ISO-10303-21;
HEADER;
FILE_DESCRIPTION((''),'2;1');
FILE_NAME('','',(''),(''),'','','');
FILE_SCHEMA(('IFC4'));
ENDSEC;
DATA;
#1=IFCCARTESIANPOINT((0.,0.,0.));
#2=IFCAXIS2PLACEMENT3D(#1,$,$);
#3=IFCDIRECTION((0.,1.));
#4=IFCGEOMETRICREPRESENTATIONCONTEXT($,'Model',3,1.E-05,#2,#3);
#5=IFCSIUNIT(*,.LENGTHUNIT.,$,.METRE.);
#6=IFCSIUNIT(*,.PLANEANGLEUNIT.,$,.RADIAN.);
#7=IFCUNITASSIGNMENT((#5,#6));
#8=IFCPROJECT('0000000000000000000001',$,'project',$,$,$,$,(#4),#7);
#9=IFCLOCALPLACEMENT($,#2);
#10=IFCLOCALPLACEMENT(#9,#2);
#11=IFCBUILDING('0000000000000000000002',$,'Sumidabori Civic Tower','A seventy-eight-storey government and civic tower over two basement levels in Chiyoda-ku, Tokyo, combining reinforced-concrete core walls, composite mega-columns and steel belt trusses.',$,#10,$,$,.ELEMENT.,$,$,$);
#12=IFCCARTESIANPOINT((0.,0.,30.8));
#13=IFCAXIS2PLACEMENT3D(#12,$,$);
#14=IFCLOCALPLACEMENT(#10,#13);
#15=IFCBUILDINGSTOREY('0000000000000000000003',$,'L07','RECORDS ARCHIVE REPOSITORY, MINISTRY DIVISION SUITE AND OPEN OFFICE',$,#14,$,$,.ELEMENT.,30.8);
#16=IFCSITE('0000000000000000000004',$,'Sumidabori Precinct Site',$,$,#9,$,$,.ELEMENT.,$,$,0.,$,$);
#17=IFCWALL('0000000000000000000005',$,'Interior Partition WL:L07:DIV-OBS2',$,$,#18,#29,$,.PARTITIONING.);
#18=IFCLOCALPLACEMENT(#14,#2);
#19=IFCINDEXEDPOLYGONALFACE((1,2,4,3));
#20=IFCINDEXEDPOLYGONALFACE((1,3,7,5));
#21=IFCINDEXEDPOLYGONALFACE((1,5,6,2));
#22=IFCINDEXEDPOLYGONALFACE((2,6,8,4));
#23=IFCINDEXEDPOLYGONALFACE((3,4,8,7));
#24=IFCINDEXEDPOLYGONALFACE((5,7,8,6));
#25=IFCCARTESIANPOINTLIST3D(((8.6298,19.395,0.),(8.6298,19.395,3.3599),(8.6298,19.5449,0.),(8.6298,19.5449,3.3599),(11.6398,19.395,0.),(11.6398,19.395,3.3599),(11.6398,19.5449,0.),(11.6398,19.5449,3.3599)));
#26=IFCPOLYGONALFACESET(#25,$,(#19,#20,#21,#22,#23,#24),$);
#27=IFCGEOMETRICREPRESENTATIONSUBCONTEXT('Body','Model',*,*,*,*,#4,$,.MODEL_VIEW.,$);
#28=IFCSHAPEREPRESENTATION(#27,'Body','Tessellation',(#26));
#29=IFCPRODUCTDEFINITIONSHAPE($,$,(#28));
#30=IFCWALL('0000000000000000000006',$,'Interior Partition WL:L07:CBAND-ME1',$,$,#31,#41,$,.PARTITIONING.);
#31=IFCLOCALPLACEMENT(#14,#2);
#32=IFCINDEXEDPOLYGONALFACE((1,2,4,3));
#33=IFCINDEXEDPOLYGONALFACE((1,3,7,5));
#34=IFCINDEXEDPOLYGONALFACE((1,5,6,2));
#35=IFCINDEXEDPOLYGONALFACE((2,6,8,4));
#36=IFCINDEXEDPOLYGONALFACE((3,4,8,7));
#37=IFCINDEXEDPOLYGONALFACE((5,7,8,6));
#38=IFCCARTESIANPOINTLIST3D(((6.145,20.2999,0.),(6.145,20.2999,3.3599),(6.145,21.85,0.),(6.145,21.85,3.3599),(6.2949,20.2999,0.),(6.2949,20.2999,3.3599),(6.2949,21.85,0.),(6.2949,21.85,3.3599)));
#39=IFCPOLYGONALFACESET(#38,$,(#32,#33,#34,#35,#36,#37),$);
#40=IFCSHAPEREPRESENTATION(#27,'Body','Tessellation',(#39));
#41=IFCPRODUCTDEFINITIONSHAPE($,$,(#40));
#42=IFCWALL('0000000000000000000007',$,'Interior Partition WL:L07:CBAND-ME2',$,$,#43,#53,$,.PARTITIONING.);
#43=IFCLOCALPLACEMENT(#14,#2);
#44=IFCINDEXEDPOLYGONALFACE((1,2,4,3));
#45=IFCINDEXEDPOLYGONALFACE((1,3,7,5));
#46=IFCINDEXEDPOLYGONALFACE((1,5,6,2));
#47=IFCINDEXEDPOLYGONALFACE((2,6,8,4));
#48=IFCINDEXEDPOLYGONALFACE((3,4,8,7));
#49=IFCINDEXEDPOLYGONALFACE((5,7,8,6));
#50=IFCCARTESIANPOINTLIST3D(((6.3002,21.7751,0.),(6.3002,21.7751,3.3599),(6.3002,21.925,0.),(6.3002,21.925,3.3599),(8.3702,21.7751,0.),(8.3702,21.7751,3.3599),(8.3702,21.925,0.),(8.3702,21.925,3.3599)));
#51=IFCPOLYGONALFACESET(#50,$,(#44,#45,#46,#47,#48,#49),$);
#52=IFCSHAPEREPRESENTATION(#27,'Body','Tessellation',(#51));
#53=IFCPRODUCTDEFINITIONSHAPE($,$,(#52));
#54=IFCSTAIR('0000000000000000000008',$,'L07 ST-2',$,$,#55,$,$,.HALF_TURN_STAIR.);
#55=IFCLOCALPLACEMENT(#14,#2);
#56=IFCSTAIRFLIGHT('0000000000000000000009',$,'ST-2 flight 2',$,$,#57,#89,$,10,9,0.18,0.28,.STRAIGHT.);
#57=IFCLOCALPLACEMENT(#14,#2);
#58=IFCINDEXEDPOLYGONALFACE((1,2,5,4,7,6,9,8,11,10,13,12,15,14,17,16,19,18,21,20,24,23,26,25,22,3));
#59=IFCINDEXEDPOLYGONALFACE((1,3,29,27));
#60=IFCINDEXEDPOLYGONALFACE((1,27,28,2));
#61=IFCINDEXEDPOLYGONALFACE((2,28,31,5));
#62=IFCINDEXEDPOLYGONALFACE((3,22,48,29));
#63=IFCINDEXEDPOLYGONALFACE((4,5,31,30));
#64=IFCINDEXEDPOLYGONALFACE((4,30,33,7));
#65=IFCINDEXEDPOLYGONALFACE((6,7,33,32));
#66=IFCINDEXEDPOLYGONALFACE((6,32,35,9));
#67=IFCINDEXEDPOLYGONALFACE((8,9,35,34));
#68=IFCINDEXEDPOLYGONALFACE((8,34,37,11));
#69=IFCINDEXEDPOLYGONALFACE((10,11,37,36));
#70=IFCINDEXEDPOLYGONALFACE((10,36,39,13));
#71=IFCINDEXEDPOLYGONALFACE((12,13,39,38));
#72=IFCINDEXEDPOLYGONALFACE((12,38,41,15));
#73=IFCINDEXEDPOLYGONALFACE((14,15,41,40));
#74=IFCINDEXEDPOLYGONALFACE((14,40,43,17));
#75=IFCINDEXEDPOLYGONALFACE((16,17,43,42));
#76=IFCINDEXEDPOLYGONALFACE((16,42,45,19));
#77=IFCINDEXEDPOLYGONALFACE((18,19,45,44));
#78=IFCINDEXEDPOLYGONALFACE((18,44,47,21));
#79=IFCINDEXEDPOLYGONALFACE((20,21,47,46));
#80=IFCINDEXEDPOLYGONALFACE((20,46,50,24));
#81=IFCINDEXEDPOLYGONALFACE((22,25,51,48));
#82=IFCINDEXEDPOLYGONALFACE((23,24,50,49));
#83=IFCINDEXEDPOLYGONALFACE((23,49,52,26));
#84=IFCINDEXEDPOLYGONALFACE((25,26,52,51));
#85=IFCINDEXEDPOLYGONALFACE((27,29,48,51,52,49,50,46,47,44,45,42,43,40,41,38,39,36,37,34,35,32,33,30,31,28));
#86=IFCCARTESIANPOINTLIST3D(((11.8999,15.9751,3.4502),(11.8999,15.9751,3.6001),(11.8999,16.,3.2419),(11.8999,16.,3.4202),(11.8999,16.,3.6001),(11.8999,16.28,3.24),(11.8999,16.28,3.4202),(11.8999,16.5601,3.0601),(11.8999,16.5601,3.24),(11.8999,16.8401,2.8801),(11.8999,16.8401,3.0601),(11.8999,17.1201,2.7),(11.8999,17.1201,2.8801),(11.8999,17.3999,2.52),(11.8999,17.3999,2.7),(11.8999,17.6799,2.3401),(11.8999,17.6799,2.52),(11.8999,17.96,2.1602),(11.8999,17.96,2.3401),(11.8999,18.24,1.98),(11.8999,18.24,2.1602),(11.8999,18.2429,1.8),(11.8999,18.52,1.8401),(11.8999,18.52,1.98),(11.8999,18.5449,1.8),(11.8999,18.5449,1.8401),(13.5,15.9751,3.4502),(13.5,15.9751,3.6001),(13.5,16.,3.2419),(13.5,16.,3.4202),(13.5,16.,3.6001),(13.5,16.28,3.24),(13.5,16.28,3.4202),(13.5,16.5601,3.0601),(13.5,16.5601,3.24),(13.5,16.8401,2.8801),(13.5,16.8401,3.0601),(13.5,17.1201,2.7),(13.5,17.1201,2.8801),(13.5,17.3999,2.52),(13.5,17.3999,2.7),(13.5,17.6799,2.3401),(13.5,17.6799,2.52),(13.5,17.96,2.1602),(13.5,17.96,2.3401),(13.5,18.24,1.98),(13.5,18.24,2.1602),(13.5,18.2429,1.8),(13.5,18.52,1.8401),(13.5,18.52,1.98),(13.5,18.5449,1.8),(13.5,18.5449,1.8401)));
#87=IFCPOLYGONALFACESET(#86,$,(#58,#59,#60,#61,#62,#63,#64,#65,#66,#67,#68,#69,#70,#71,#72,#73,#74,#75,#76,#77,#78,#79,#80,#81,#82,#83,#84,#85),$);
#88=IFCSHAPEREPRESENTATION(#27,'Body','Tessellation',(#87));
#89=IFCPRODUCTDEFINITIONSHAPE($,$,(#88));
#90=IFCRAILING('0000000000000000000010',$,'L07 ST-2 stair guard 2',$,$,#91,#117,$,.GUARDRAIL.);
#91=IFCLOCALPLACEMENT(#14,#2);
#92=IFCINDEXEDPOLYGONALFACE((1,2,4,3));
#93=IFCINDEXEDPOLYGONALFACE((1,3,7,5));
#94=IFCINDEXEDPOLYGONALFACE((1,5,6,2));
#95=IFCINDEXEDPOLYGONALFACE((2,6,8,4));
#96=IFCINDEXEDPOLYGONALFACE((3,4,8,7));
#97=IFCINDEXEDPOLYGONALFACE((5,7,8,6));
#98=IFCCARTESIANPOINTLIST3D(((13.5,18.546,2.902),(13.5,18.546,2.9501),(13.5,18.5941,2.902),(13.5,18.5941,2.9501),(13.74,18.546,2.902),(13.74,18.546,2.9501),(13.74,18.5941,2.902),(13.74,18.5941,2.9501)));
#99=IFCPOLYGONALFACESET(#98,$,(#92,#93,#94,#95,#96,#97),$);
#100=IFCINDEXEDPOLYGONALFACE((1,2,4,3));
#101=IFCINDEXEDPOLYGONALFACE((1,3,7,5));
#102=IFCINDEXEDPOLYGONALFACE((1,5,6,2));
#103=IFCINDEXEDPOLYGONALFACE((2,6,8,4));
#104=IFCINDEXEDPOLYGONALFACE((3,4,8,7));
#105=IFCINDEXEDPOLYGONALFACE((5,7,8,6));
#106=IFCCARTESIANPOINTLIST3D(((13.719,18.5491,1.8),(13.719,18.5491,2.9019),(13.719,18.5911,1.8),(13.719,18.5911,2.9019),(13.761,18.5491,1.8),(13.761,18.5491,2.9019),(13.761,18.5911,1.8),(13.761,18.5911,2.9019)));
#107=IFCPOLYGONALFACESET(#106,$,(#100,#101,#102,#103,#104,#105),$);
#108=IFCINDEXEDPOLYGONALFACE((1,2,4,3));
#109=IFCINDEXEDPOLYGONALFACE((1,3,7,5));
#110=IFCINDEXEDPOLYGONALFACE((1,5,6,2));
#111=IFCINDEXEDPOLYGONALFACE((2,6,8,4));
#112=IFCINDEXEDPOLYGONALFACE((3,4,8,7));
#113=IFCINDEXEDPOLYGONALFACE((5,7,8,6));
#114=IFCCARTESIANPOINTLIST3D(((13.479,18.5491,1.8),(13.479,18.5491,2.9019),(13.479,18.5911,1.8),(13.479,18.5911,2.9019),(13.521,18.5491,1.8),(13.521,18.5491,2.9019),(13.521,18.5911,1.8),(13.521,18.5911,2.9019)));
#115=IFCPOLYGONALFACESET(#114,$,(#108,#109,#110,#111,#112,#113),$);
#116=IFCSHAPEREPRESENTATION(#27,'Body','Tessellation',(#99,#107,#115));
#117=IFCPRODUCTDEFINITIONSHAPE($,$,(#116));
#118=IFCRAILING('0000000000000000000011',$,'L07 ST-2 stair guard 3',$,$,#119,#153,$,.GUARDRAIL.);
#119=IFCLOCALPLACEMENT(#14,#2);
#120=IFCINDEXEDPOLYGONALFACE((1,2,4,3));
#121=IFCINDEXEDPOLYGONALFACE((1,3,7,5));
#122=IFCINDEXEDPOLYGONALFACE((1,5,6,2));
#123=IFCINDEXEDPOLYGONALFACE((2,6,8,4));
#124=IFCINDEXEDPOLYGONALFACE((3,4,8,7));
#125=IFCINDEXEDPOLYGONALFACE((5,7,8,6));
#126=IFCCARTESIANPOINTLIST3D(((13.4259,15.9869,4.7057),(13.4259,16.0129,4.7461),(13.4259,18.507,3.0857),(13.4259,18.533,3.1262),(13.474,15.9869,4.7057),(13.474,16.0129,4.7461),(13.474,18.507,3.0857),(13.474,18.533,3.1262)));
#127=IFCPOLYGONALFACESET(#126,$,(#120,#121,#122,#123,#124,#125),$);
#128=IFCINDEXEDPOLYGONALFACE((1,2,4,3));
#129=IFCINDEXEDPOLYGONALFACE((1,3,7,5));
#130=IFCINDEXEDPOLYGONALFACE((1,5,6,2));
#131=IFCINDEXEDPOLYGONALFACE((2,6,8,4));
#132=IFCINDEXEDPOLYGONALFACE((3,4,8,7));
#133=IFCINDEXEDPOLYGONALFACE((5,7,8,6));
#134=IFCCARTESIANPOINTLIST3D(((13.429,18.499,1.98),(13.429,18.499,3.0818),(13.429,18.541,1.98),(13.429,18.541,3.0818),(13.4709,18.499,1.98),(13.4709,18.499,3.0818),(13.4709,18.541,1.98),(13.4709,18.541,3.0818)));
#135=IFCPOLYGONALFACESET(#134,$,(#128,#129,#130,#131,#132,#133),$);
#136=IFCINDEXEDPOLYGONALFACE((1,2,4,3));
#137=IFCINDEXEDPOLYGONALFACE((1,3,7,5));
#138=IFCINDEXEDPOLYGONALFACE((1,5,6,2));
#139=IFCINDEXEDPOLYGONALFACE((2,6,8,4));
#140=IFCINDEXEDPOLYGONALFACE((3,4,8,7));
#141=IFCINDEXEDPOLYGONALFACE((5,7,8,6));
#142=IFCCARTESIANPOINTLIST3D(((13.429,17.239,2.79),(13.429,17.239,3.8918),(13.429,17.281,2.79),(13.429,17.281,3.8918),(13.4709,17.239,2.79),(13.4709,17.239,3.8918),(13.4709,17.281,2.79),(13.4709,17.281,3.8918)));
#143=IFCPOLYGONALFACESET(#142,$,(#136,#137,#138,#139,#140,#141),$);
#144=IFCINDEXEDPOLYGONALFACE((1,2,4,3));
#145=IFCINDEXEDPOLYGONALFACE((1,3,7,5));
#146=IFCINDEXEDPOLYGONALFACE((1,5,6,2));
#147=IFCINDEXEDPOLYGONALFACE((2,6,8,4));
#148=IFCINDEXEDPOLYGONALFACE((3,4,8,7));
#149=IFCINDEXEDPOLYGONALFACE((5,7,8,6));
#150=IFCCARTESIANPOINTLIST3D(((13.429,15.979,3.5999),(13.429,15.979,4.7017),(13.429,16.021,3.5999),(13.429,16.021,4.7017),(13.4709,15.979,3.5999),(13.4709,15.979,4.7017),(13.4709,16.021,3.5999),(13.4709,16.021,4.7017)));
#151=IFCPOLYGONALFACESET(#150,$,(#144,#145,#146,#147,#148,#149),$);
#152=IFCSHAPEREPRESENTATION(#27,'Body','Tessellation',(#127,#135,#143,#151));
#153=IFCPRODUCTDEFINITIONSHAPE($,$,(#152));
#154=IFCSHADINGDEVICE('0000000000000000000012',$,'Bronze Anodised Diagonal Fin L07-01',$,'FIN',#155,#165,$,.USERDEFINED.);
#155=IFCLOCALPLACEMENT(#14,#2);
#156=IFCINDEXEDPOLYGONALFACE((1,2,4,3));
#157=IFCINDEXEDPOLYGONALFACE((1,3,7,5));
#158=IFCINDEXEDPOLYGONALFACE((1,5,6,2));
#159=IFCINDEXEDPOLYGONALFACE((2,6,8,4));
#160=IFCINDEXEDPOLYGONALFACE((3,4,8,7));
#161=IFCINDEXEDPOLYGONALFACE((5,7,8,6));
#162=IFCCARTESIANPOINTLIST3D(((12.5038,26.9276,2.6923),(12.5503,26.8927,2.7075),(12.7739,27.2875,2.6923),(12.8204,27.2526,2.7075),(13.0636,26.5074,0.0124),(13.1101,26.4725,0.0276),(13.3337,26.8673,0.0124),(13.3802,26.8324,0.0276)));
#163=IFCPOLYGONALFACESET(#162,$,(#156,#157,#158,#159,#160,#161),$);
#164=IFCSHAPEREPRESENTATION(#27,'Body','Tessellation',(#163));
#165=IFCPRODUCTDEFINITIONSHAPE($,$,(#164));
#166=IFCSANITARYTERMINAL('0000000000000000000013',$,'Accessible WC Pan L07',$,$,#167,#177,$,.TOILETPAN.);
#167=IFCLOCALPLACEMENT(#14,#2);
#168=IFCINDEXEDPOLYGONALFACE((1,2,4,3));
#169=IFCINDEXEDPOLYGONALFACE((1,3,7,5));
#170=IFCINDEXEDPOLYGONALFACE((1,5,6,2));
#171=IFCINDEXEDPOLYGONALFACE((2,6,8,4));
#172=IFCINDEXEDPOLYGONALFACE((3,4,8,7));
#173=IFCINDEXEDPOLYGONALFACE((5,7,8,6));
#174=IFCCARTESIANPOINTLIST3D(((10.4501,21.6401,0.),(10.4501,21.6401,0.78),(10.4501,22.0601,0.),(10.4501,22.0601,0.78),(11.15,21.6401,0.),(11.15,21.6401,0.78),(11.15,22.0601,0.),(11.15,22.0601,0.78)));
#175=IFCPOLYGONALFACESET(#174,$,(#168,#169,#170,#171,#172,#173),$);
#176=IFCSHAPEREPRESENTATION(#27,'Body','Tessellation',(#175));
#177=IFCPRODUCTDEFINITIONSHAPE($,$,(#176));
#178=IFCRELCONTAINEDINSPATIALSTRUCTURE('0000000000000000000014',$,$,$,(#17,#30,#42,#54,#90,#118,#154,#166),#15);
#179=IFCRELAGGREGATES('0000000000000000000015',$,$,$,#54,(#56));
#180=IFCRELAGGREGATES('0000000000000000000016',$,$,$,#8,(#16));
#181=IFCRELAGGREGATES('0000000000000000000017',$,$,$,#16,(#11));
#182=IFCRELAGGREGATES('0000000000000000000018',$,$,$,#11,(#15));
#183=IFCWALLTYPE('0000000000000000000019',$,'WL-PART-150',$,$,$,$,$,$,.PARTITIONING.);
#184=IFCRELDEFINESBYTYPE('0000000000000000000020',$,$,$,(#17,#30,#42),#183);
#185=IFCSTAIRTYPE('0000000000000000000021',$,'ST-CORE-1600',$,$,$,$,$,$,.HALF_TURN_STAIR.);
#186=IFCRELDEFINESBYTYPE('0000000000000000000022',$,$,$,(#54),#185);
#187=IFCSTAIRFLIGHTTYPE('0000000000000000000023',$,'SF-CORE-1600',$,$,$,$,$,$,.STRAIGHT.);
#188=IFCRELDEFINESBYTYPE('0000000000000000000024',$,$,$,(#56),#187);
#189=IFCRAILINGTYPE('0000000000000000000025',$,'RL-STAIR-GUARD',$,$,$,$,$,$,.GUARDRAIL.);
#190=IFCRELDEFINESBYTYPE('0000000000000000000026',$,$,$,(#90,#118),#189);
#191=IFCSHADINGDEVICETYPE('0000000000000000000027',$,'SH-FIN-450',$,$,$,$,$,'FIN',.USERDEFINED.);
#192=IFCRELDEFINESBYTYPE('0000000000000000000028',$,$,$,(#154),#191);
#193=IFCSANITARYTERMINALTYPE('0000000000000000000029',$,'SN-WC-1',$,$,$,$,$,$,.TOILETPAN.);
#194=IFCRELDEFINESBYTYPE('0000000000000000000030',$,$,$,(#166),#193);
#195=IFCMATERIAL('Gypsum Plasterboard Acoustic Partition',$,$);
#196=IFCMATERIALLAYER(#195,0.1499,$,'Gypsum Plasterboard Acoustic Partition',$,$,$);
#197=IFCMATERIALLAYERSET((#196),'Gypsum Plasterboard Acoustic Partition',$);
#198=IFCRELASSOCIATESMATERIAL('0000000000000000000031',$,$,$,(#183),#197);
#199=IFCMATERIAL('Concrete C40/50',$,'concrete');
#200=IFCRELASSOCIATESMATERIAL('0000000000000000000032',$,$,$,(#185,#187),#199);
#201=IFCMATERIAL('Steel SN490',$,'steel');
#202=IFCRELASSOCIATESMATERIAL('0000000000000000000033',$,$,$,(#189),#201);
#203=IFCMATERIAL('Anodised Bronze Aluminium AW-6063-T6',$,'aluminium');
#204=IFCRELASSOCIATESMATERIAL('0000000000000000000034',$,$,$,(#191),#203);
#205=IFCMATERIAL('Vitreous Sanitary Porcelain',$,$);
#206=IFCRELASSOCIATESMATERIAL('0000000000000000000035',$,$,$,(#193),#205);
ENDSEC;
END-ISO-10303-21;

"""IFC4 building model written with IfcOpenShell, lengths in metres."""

from ifc_helpers import new_model, si_unit, direction, frame, frame_2d, origin, origin_2d, place, context, subcontext, project, spatial, polyline, rectangle, outline, extrude, source, transform, mapped, material, layer, layer_set, material_profile, profile_set, type_object, element, aggregate, save


model = new_model("IFC4")

# Units and contexts
model_context = context("Model", 3, precision=1e-05, world=origin(), true_north=direction((0.0, 1.0)))
body_context = subcontext(model_context, "Body", "Model", "MODEL_VIEW")
ifc_project = project(units=[si_unit("LENGTHUNIT", "METRE"), si_unit("PLANEANGLEUNIT", "RADIAN")], contexts=[model_context])

# Site, building, storey
site_placement = place(None, origin())
site = spatial("IfcSite", under=ifc_project, at=site_placement, Name="Sumidabori Precinct Site", CompositionType="ELEMENT", RefElevation=0.0)
building_placement = place(site_placement, origin())
building = spatial("IfcBuilding", under=site, at=building_placement, Name="Sumidabori Civic Tower", Description="A seventy-eight-storey government and civic tower over two basement levels in Chiyoda-ku, Tokyo, combining reinforced-concrete core walls, composite mega-columns and steel belt trusses.", CompositionType="ELEMENT")
storey_placement = place(building_placement, frame((0.0, 0.0, 30.8)))
storey = spatial("IfcBuildingStorey", under=building, at=storey_placement, Name="L07", Description="RECORDS ARCHIVE REPOSITORY, MINISTRY DIVISION SUITE AND OPEN OFFICE", CompositionType="ELEMENT", Elevation=30.8)

# Shared definitions
ifc_material_1 = material(Name="Steel SN490", Category="steel")

# Shared definitions
ifc_material_2 = material(Name="Anodised Bronze Aluminium AW-6063-T6", Category="aluminium")

# Walls
ifc_material_3 = material(Name="Gypsum Plasterboard Acoustic Partition")
ifc_layer_1 = layer(ifc_material_3, 0.1499, Name="Gypsum Plasterboard Acoustic Partition")
ifc_layer_set_1 = layer_set([ifc_layer_1], Name="Gypsum Plasterboard Acoustic Partition")
wall_type_1 = type_object("IfcWallType", Name="WL-PART-150", PredefinedType="PARTITIONING", material=ifc_layer_set_1)
shared_shape_1 = source(origin(), body_context, "Body", "SweptSolid", [
    extrude(rectangle(XDim=3.01, YDim=0.1499, at=frame_2d((1.5049, 0.0))), origin(), (0.0, 0.0, 1.0), 3.3599),
])
wall_1_placement = place(storey_placement, frame((8.6299, 19.47, 0.0), z_axis=(0.0, 0.0, 1.0), x_axis=(1.0, 0.0, 0.0)))
element("IfcWall", 1, at=wall_1_placement, inside=storey, type_object=wall_type_1, Name="Interior Partition WL:L07:DIV-OBS2", PredefinedType="PARTITIONING", context=body_context, shape_type="MappedRepresentation", body=[
    mapped(shared_shape_1, transform((0.0, 0.0, 0.0), x_axis=(1.0, 0.0, 0.0), y_axis=(0.0, 1.0, 0.0), z_axis=(0.0, 0.0, 1.0), scale=1.0)),
])
shared_shape_2 = source(origin(), body_context, "Body", "SweptSolid", [
    extrude(rectangle(XDim=1.55, YDim=0.1499, at=frame_2d((0.7749, 0.0))), origin(), (0.0, 0.0, 1.0), 3.3599),
])
wall_2_placement = place(storey_placement, frame((6.22, 20.3, 0.0), z_axis=(0.0, 0.0, 1.0), x_axis=(0.0, 1.0, 0.0)))
element("IfcWall", 2, at=wall_2_placement, inside=storey, type_object=wall_type_1, Name="Interior Partition WL:L07:CBAND-ME1", PredefinedType="PARTITIONING", context=body_context, shape_type="MappedRepresentation", body=[
    mapped(shared_shape_2, transform((0.0, 0.0, 0.0), x_axis=(1.0, 0.0, 0.0), y_axis=(0.0, 1.0, 0.0), z_axis=(0.0, 0.0, 1.0), scale=1.0)),
])
shared_shape_3 = source(origin(), body_context, "Body", "SweptSolid", [
    extrude(rectangle(XDim=2.0701, YDim=0.1499, at=frame_2d((1.0352, 0.0))), origin(), (0.0, 0.0, 1.0), 3.3599),
])
wall_3_placement = place(storey_placement, frame((6.3, 21.8501, 0.0), z_axis=(0.0, 0.0, 1.0), x_axis=(1.0, 0.0, 0.0)))
element("IfcWall", 3, at=wall_3_placement, inside=storey, type_object=wall_type_1, Name="Interior Partition WL:L07:CBAND-ME2", PredefinedType="PARTITIONING", context=body_context, shape_type="MappedRepresentation", body=[
    mapped(shared_shape_3, transform((0.0, 0.0, 0.0), x_axis=(1.0, 0.0, 0.0), y_axis=(0.0, 1.0, 0.0), z_axis=(0.0, 0.0, 1.0), scale=1.0)),
])

# Stair, stair flight
ifc_material_4 = material(Name="Concrete C40/50", Category="concrete")
stair_type = type_object("IfcStairType", Name="ST-CORE-1600", PredefinedType="HALF_TURN_STAIR", material=ifc_material_4)
stair_placement = place(storey_placement, origin())
stair = element("IfcStair", 4, at=stair_placement, inside=storey, type_object=stair_type, Name="L07 ST-2", PredefinedType="HALF_TURN_STAIR")
stair_flight_type = type_object("IfcStairFlightType", Name="SF-CORE-1600", PredefinedType="STRAIGHT", material=ifc_material_4)
shared_shape_4 = source(origin(), body_context, "Body", "SweptSolid", [
    extrude(outline(polyline([(-0.0249, 0.0), (-0.0249, 0.04), (0.0, 0.04), (0.0, 0.1799), (0.28, 0.1799), (0.28, 0.3601), (0.5601, 0.3601), (0.5601, 0.54), (0.8401, 0.54), (0.8401, 0.72), (1.1201, 0.72), (1.1201, 0.8999), (1.3999, 0.8999), (1.3999, 1.0801), (1.6799, 1.0801), (1.6799, 1.26), (1.96, 1.26), (1.96, 1.4399), (2.24, 1.4399), (2.24, 1.6201), (2.52, 1.6201), (2.52, 1.8), (2.5449, 1.8), (2.5449, 1.6501), (2.52, 1.4419), (0.2771, 0.0), (-0.0249, 0.0)])), frame((0.0, 0.8, 0.0), z_axis=(0.0, -1.0, 0.0), x_axis=(1.0, 0.0, 0.0)), (0.0, 0.0, 1.0), 1.6001),
])
stair_flight_placement = place(storey_placement, frame((12.7, 18.52, 1.8), z_axis=(0.0, 0.0, 1.0), x_axis=(0.0, -1.0, 0.0)))
stair_flight = element("IfcStairFlight", 5, at=stair_flight_placement, type_object=stair_flight_type, Name="ST-2 flight 2", NumberOfRisers=10, NumberOfTreads=9, PredefinedType="STRAIGHT", RiserHeight=0.18, TreadLength=0.28, context=body_context, shape_type="MappedRepresentation", body=[
    mapped(shared_shape_4, transform((0.0, 0.0, 0.0), x_axis=(1.0, 0.0, 0.0), y_axis=(0.0, 1.0, 0.0), z_axis=(0.0, 0.0, 1.0), scale=1.0)),
])
aggregate(stair, [stair_flight])

# Railings
railing_type = type_object("IfcRailingType", Name="RL-STAIR-GUARD", PredefinedType="GUARDRAIL", material=ifc_material_1)
railing_1_placement = place(storey_placement, frame((13.74, 18.5701, 1.8)))
element("IfcRailing", 6, at=railing_1_placement, inside=storey, type_object=railing_type, Name="L07 ST-2 stair guard 2", PredefinedType="GUARDRAIL", context=body_context, shape_type="SweptSolid", body=[
    extrude(rectangle(XDim=0.0481, YDim=0.0481, at=origin_2d()), frame((0.0, 0.0, 1.126), z_axis=(-1.0, 0.0, 0.0), x_axis=(0.0, -1.0, 0.0)), (0.0, 0.0, 1.0), 0.24),
    extrude(rectangle(XDim=0.042, YDim=0.042, at=origin_2d()), origin(), (0.0, 0.0, 1.0), 1.1018),
    extrude(rectangle(XDim=0.042, YDim=0.042, at=origin_2d()), frame((-0.24, 0.0, 0.0)), (0.0, 0.0, 1.0), 1.1018),
])
railing_2_placement = place(storey_placement, frame((13.45, 18.52, 1.98)))
element("IfcRailing", 7, at=railing_2_placement, inside=storey, type_object=railing_type, Name="L07 ST-2 stair guard 3", PredefinedType="GUARDRAIL", context=body_context, shape_type="SweptSolid", body=[
    extrude(rectangle(XDim=0.0481, YDim=0.0481, at=origin_2d()), frame((0.0, 0.0, 1.126), z_axis=(0.0, -0.8412, 0.540725), x_axis=(1.0, 0.0, 0.0)), (0.0, 0.0, 1.0), 2.9958),
    extrude(rectangle(XDim=0.042, YDim=0.042, at=origin_2d()), origin(), (0.0, 0.0, 1.0), 1.1018),
    extrude(rectangle(XDim=0.042, YDim=0.042, at=origin_2d()), frame((0.0, -1.26, 0.8101)), (0.0, 0.0, 1.0), 1.1018),
    extrude(rectangle(XDim=0.042, YDim=0.042, at=origin_2d()), frame((0.0, -2.52, 1.6199)), (0.0, 0.0, 1.0), 1.1018),
])

# Shading device
ifc_material_profile_1 = material_profile(ifc_material_2, rectangle(XDim=0.0601, YDim=0.45, at=origin_2d()), Name="BRONZE FIN 450x60")
ifc_profile_set_1 = profile_set([ifc_material_profile_1], Name="Anodised Bronze Aluminium AW-6063-T6")
shading_device_type = type_object("IfcShadingDeviceType", Name="SH-FIN-450", ElementType="FIN", PredefinedType="USERDEFINED", material=ifc_profile_set_1)
shared_shape_5 = source(origin(), body_context, "Body", "SweptSolid", [
    extrude(rectangle(XDim=0.0601, YDim=0.45, at=origin_2d()), origin(), (0.0, 0.0, 1.0), 2.7698),
])
shading_device_placement = place(storey_placement, frame((13.2219, 26.6699, 0.02), z_axis=(-0.202111, 0.151694, 0.967543), x_axis=(0.773832, -0.580796, 0.252705)))
element("IfcShadingDevice", 8, at=shading_device_placement, inside=storey, type_object=shading_device_type, Name="Bronze Anodised Diagonal Fin L07-01", ObjectType="FIN", PredefinedType="USERDEFINED", context=body_context, shape_type="MappedRepresentation", body=[
    mapped(shared_shape_5, transform((0.0, 0.0, 0.0), x_axis=(1.0, 0.0, 0.0), y_axis=(0.0, 1.0, 0.0), z_axis=(0.0, 0.0, 1.0), scale=1.0)),
])

# Sanitary terminal
ifc_material_5 = material(Name="Vitreous Sanitary Porcelain")
sanitary_terminal_type_1 = type_object("IfcSanitaryTerminalType", Name="SN-WC-1", PredefinedType="TOILETPAN", material=ifc_material_5)
shared_shape_6 = source(origin(), body_context, "Body", "SweptSolid", [
    extrude(rectangle(XDim=0.7, YDim=0.4199, at=origin_2d()), origin(), (0.0, 0.0, 1.0), 0.78),
])
sanitary_terminal_1_placement = place(storey_placement, frame((10.8, 21.8501, 0.0), z_axis=(0.0, 0.0, 1.0), x_axis=(1.0, 0.0, 0.0)))
element("IfcSanitaryTerminal", 9, at=sanitary_terminal_1_placement, inside=storey, type_object=sanitary_terminal_type_1, Name="Accessible WC Pan L07", PredefinedType="TOILETPAN", context=body_context, shape_type="MappedRepresentation", body=[
    mapped(shared_shape_6, transform((0.0, 0.0, 0.0), x_axis=(1.0, 0.0, 0.0), y_axis=(0.0, 1.0, 0.0), z_axis=(0.0, 0.0, 1.0), scale=1.0)),
])

save(model, "model.ifc")
